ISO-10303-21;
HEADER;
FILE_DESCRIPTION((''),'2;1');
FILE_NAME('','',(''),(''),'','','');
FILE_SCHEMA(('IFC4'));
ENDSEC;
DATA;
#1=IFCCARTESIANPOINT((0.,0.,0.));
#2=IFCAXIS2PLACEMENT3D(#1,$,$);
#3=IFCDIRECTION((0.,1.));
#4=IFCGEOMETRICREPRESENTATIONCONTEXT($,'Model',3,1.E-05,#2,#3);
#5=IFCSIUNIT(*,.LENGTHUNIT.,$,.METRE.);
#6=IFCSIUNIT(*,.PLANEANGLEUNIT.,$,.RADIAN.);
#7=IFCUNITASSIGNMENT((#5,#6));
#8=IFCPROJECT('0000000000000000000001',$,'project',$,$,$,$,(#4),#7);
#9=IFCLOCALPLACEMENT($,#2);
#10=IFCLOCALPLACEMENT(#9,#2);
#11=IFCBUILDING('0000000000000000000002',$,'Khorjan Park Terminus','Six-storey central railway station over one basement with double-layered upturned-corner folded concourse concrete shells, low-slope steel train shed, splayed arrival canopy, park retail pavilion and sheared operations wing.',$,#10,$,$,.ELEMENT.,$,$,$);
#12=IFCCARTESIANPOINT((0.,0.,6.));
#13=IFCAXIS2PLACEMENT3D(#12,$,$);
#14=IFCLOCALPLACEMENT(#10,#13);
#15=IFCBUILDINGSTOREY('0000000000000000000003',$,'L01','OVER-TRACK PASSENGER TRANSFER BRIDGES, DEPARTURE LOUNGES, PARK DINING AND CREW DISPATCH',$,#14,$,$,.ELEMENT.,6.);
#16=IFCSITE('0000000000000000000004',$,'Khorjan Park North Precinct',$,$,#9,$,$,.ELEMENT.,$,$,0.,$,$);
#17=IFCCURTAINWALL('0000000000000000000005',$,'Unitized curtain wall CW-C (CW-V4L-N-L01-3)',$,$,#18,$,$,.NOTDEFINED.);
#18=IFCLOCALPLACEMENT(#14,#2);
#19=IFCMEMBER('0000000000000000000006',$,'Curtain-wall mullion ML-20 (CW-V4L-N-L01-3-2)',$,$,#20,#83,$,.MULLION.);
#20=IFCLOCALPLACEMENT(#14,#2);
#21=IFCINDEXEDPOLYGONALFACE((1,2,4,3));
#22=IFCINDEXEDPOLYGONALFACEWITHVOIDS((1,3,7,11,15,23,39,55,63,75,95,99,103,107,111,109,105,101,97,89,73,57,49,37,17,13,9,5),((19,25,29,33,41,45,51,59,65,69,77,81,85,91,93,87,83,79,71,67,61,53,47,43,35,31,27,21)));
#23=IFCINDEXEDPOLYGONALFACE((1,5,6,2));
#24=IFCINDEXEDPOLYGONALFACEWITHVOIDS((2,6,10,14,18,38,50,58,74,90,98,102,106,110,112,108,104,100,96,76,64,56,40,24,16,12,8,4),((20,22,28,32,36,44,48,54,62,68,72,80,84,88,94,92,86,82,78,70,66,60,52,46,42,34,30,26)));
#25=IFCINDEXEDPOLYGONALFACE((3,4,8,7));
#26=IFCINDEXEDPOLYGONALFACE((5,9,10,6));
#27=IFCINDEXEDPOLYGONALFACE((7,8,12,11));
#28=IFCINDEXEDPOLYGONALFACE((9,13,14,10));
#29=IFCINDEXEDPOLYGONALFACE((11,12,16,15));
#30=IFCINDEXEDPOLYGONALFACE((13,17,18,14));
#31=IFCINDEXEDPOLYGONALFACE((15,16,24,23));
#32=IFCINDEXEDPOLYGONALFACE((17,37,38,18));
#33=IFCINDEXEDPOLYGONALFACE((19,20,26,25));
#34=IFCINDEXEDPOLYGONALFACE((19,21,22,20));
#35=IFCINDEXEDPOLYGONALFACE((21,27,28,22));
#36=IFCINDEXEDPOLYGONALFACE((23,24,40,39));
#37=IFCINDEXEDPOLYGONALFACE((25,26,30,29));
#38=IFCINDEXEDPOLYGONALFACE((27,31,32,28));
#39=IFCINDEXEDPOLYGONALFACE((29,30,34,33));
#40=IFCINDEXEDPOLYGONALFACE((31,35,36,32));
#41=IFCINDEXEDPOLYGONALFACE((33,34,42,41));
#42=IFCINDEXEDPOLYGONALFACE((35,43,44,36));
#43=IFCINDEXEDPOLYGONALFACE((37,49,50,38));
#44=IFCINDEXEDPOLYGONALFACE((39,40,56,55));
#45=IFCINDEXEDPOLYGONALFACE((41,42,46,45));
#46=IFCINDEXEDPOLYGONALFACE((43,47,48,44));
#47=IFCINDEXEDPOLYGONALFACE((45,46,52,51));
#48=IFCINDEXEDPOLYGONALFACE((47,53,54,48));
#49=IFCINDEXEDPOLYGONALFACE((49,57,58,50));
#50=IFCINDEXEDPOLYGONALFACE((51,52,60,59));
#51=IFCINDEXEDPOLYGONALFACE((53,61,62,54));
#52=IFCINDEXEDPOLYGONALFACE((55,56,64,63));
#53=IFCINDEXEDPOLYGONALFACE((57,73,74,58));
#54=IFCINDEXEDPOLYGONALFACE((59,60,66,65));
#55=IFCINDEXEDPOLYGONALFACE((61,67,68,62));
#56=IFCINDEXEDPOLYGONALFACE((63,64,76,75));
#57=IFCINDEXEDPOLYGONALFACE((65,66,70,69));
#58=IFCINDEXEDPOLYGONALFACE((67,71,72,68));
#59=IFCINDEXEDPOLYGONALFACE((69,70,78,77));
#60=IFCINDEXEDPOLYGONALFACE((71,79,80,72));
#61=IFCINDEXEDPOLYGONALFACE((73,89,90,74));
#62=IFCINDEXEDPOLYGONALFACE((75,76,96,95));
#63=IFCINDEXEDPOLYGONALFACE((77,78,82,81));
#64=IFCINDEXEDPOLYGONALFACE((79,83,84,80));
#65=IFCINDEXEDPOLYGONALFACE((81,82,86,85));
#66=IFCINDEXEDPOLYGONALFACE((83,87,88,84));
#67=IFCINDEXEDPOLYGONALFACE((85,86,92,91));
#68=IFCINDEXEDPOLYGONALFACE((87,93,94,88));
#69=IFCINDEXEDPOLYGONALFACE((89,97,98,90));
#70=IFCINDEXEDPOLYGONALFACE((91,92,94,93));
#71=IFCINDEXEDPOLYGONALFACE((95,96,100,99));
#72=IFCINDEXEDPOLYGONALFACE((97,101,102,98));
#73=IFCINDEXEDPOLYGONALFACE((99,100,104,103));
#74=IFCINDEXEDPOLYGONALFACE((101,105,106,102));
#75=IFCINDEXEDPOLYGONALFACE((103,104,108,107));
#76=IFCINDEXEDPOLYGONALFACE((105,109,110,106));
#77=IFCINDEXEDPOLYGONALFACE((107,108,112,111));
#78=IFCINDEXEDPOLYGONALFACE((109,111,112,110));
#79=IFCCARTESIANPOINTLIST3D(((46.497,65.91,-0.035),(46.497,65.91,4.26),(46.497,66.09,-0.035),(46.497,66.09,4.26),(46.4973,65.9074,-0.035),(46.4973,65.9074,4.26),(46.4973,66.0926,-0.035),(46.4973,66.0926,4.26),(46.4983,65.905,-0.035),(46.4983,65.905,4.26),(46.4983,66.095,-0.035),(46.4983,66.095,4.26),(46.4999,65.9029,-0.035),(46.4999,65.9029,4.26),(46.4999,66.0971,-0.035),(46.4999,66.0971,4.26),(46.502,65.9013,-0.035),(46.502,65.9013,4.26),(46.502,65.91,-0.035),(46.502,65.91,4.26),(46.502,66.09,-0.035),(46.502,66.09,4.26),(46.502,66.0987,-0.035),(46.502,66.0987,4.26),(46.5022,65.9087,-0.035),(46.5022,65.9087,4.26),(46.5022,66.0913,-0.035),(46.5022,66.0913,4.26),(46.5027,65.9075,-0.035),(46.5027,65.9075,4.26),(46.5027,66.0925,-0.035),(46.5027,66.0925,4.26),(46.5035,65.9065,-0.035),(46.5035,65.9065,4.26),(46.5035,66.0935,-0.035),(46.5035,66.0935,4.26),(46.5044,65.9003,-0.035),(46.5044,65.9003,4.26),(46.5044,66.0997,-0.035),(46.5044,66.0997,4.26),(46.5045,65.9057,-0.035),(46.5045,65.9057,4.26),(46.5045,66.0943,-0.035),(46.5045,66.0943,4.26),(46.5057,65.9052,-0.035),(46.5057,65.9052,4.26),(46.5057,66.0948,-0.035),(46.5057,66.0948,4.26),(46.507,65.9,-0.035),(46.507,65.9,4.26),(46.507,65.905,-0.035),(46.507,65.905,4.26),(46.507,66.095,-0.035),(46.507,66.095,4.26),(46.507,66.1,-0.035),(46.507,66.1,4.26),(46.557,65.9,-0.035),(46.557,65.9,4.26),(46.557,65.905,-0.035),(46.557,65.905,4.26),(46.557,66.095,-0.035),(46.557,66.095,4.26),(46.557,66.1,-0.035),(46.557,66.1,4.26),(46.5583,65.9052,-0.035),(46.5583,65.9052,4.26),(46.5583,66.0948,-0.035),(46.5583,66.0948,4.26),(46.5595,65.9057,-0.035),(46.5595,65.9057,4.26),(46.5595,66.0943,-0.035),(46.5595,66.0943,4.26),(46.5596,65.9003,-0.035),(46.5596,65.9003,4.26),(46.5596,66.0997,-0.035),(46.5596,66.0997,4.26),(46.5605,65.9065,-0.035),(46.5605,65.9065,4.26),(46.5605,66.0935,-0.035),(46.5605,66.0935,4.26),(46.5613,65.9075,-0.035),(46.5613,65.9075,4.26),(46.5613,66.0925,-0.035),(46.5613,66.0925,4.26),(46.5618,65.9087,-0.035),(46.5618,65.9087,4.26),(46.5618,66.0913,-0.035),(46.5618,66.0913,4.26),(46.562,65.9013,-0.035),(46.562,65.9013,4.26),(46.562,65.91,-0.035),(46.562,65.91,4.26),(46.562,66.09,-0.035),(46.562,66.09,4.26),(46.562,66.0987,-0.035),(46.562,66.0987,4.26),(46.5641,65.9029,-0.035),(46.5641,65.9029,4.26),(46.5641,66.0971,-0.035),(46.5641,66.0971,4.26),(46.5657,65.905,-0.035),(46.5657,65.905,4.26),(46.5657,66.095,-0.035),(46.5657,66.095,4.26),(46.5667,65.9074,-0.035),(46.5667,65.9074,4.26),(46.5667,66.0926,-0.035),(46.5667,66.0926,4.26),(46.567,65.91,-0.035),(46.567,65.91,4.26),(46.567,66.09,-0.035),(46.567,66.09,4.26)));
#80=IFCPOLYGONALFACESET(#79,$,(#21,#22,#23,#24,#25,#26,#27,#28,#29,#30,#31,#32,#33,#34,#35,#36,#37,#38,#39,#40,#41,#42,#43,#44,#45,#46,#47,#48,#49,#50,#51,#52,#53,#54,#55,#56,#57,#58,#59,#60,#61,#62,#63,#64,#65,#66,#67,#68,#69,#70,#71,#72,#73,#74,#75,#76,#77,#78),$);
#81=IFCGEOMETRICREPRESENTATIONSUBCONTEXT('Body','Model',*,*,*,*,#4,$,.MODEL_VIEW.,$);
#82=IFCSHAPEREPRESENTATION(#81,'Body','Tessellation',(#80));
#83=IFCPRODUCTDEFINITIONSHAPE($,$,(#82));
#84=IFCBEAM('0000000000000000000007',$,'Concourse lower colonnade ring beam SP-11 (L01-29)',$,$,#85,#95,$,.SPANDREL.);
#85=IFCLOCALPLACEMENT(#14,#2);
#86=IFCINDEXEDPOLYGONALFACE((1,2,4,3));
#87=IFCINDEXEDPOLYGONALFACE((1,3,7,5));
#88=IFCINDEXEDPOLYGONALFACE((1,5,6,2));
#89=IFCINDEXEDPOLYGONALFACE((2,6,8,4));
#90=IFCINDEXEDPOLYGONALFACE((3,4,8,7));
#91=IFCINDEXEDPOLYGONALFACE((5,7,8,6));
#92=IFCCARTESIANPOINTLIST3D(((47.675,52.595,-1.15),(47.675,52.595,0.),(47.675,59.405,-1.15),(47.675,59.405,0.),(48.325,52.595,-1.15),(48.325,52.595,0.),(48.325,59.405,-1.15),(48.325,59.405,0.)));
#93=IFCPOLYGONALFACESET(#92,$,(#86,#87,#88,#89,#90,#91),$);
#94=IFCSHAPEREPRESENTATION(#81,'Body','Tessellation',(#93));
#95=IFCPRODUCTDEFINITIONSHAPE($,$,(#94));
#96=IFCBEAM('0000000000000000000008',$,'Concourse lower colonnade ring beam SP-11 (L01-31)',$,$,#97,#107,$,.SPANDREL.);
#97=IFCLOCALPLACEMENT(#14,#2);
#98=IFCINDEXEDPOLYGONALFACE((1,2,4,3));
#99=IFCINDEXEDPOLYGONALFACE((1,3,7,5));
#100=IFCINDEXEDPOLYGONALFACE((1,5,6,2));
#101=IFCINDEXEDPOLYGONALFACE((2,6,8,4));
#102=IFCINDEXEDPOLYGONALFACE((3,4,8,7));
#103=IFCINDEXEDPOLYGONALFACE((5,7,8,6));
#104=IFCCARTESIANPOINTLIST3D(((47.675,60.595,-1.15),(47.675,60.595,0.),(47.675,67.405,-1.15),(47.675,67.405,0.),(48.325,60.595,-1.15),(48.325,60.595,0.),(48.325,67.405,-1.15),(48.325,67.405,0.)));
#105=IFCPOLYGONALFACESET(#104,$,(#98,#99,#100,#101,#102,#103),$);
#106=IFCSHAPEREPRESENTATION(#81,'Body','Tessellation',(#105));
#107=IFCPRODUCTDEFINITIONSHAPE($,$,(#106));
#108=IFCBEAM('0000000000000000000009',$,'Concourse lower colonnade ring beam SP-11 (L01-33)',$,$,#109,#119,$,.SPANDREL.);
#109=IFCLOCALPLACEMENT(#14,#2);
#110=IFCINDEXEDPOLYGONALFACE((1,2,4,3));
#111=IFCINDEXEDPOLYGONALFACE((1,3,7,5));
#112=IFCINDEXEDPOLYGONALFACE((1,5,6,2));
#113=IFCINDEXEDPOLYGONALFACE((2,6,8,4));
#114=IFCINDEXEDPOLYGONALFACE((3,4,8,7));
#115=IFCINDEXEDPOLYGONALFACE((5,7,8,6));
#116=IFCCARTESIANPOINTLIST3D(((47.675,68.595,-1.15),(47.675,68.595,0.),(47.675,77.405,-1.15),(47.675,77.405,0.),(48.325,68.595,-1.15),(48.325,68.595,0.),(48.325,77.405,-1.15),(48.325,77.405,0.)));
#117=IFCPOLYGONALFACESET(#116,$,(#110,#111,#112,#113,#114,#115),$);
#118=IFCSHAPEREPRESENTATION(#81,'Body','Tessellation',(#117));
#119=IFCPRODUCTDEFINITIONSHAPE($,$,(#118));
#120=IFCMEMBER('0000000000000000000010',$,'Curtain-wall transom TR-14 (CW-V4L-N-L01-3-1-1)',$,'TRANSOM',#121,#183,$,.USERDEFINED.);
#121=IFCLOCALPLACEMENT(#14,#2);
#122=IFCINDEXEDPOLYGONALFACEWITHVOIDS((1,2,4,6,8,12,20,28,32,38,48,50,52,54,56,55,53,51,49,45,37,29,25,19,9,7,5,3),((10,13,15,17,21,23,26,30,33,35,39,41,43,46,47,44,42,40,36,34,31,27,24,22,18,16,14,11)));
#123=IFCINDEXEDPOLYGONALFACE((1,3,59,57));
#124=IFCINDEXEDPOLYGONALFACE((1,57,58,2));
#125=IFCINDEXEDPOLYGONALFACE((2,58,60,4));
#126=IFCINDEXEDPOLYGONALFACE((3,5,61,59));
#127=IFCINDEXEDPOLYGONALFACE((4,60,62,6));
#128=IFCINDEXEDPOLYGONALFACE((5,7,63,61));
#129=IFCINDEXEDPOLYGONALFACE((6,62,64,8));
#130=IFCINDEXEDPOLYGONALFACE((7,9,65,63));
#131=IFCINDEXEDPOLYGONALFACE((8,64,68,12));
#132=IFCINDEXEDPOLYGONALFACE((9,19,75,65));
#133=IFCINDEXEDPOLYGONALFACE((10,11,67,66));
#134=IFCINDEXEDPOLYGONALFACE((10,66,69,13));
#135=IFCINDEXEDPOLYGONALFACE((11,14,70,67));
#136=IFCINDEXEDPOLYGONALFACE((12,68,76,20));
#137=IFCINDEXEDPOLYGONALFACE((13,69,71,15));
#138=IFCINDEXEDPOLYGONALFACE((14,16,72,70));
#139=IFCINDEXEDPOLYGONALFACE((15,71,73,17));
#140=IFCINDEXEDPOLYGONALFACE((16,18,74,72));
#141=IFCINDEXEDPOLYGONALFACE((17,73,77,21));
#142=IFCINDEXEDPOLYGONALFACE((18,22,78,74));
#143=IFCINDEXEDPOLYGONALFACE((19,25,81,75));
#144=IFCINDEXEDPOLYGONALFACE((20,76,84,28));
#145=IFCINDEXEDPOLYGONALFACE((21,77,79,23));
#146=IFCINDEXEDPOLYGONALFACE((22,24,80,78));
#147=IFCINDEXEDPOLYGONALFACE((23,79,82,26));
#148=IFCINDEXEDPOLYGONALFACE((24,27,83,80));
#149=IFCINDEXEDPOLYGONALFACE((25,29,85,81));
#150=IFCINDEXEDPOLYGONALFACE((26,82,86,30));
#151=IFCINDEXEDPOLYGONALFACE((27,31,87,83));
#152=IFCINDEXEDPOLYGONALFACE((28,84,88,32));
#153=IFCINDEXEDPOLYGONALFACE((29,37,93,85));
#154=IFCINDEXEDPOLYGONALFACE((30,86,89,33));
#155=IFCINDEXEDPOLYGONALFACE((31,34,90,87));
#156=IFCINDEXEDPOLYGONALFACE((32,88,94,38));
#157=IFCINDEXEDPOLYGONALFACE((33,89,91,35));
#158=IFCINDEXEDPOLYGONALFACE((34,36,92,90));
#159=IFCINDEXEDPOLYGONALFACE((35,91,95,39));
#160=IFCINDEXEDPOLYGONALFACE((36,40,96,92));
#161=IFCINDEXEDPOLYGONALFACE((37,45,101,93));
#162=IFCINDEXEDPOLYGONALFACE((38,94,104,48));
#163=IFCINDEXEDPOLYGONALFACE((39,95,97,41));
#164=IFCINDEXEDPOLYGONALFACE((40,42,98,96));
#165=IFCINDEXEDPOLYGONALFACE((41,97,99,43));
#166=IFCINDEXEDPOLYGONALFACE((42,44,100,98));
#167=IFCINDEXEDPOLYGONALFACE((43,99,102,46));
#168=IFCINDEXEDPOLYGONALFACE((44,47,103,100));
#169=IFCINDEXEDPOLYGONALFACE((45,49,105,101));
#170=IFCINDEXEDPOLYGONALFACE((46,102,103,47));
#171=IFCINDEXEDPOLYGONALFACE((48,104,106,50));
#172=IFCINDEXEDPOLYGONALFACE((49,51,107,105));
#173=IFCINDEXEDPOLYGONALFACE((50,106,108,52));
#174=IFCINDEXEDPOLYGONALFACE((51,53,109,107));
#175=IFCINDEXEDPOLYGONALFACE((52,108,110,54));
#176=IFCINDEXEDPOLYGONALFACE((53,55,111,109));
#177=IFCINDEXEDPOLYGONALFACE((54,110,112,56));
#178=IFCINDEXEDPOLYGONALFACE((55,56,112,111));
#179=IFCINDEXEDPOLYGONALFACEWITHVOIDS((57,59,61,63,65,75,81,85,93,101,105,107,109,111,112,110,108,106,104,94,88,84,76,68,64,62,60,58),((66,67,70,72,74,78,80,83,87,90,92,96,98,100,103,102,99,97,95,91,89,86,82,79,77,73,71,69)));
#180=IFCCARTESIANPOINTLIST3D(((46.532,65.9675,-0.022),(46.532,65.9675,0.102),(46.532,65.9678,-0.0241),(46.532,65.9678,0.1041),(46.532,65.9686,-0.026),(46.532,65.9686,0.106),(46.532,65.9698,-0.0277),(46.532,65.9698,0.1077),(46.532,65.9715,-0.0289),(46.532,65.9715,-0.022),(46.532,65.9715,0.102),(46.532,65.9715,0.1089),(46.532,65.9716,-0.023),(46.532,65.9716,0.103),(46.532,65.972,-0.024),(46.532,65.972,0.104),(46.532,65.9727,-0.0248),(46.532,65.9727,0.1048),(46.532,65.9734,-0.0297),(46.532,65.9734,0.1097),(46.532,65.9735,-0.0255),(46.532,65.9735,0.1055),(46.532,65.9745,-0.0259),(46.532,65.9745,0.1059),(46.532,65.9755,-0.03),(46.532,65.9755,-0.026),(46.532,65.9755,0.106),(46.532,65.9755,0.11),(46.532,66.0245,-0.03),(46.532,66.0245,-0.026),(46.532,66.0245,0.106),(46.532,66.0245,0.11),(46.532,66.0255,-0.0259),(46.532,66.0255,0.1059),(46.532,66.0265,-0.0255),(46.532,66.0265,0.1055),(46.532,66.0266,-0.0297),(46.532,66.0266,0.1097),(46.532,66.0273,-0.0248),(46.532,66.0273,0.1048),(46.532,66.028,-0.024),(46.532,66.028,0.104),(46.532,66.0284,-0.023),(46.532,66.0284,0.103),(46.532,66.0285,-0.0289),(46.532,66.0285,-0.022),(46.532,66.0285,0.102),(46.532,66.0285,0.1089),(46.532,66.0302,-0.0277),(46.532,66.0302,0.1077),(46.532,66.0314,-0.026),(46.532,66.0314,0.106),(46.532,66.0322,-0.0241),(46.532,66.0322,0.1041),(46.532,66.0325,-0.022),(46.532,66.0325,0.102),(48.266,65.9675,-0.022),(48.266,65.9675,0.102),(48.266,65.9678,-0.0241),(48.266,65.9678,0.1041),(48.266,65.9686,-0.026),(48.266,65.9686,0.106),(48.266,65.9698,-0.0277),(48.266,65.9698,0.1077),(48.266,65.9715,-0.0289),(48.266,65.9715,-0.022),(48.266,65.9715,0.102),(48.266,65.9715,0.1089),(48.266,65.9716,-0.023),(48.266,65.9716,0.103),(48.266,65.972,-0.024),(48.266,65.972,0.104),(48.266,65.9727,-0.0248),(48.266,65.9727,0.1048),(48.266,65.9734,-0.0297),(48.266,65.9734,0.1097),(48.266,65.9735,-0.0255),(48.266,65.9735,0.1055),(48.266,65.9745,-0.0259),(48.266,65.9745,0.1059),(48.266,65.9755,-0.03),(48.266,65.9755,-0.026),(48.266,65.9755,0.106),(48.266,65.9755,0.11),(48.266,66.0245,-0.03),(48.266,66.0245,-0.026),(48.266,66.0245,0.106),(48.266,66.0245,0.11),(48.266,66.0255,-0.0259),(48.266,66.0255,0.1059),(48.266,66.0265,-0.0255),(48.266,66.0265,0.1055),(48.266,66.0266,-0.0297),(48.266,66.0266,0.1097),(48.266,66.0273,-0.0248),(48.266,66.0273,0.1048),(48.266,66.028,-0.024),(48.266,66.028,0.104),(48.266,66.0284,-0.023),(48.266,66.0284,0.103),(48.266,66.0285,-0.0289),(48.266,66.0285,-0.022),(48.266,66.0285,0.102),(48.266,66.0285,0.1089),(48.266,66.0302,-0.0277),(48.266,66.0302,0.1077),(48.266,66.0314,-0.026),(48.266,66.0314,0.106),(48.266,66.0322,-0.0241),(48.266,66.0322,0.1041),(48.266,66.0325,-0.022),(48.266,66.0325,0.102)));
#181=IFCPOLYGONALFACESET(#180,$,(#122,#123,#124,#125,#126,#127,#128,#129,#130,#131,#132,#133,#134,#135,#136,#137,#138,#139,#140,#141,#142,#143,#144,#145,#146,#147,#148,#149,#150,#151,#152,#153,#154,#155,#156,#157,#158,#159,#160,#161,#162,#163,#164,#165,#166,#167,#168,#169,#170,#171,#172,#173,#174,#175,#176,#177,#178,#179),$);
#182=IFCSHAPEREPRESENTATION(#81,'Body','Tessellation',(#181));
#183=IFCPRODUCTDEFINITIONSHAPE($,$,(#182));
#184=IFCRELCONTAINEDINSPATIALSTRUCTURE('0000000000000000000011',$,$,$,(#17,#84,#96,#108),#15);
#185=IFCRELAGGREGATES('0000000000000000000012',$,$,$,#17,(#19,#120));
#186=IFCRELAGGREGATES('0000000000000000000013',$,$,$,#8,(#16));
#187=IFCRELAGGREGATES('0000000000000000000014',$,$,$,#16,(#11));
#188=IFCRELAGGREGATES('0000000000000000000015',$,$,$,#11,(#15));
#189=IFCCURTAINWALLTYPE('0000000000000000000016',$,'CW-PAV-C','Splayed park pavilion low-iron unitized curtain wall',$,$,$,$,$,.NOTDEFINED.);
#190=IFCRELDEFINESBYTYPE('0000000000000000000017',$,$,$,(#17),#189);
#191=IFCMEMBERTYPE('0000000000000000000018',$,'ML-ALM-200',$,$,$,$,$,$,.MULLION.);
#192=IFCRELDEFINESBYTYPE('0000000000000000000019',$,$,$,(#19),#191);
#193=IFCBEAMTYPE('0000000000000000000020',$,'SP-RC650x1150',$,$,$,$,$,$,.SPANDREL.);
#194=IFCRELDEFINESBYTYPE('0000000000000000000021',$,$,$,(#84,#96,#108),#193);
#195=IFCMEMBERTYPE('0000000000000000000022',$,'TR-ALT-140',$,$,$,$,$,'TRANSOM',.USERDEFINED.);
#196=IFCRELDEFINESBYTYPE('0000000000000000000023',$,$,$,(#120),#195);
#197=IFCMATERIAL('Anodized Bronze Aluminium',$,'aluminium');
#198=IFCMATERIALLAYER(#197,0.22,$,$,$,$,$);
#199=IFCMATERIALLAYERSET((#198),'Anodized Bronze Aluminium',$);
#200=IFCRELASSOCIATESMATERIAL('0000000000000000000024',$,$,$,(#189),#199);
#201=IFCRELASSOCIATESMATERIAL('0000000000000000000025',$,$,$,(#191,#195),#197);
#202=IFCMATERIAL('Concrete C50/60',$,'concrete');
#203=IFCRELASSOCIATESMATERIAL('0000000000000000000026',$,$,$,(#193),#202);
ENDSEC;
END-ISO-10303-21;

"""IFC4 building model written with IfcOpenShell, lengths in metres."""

from ifc_helpers import new_model, si_unit, direction, frame, origin, origin_2d, place, context, subcontext, project, spatial, rectangle, hollow_rectangle, extrude, material, layer, layer_set, material_profile, profile_set, type_object, element, aggregate, save


model = new_model("IFC4")

# Units and contexts
model_context = context("Model", 3, precision=1e-05, world=origin(), true_north=direction((0.0, 1.0)))
body_context = subcontext(model_context, "Body", "Model", "MODEL_VIEW")
ifc_project = project(units=[si_unit("LENGTHUNIT", "METRE"), si_unit("PLANEANGLEUNIT", "RADIAN")], contexts=[model_context])

# Site, building, storey
site_placement = place(None, origin())
site = spatial("IfcSite", under=ifc_project, at=site_placement, Name="Khorjan Park North Precinct", CompositionType="ELEMENT", RefElevation=0.0)
building_placement = place(site_placement, origin())
building = spatial("IfcBuilding", under=site, at=building_placement, Name="Khorjan Park Terminus", Description="Six-storey central railway station over one basement with double-layered upturned-corner folded concourse concrete shells, low-slope steel train shed, splayed arrival canopy, park retail pavilion and sheared operations wing.", CompositionType="ELEMENT")
storey_placement = place(building_placement, frame((0.0, 0.0, 6.0)))
storey = spatial("IfcBuildingStorey", under=building, at=storey_placement, Name="L01", Description="OVER-TRACK PASSENGER TRANSFER BRIDGES, DEPARTURE LOUNGES, PARK DINING AND CREW DISPATCH", CompositionType="ELEMENT", Elevation=6.0)

# Shared definitions
ifc_material_1 = material(Name="Concrete C50/60", Category="concrete")

# Curtain wall, member
ifc_material_2 = material(Name="Anodized Bronze Aluminium", Category="aluminium")
ifc_layer_1 = layer(ifc_material_2, 0.22)
ifc_layer_set_1 = layer_set([ifc_layer_1], Name="Anodized Bronze Aluminium")
curtain_wall_type = type_object("IfcCurtainWallType", Name="CW-PAV-C", Description="Splayed park pavilion low-iron unitized curtain wall", PredefinedType="NOTDEFINED", material=ifc_layer_set_1)
curtain_wall_1_placement = place(storey_placement, origin())
curtain_wall_1 = element("IfcCurtainWall", 1, at=curtain_wall_1_placement, inside=storey, type_object=curtain_wall_type, Name="Unitized curtain wall CW-C (CW-V4L-N-L01-3)", PredefinedType="NOTDEFINED")
ifc_material_profile_1 = material_profile(ifc_material_2, hollow_rectangle(XDim=0.07, YDim=0.2, WallThickness=0.005, InnerFilletRadius=0.005, OuterFilletRadius=0.01, at=origin_2d()), Name="ALM 70x200x5")
ifc_profile_set_1 = profile_set([ifc_material_profile_1], Name="Anodized Bronze Aluminium")
member_type_1 = type_object("IfcMemberType", Name="ML-ALM-200", PredefinedType="MULLION", material=ifc_profile_set_1)
member_1_placement = place(storey_placement, frame((46.532, 66.0, -0.035), z_axis=(0.0, 0.0, 1.0), x_axis=(-1.0, 0.0, 0.0)))
member_1 = element("IfcMember", 2, at=member_1_placement, type_object=member_type_1, Name="Curtain-wall mullion ML-20 (CW-V4L-N-L01-3-2)", PredefinedType="MULLION", context=body_context, shape_type="SweptSolid", body=[
    extrude(hollow_rectangle(XDim=0.07, YDim=0.2, WallThickness=0.005, InnerFilletRadius=0.005, OuterFilletRadius=0.01, at=origin_2d()), origin(), (0.0, 0.0, 1.0), 4.295),
])

# Beams
ifc_material_profile_2 = material_profile(ifc_material_1, rectangle(XDim=0.65, YDim=1.15, at=origin_2d()), Name="RC 650x1150")
ifc_profile_set_2 = profile_set([ifc_material_profile_2], Name="Concrete C50/60")
beam_type_1 = type_object("IfcBeamType", Name="SP-RC650x1150", PredefinedType="SPANDREL", material=ifc_profile_set_2)
for number, where, z_axis, x_axis, name in (
    (3, (48.0, 52.595, -0.575), (0.0, 1.0, 0.0), (-1.0, 0.0, 0.0), "Concourse lower colonnade ring beam SP-11 (L01-29)"),
    (4, (48.0, 60.595, -0.575), (0.0, 1.0, 0.0), (-1.0, 0.0, 0.0), "Concourse lower colonnade ring beam SP-11 (L01-31)"),
):
    element("IfcBeam", number, at=place(storey_placement, frame(where, z_axis=z_axis, x_axis=x_axis)), inside=storey, type_object=beam_type_1, Name=name, PredefinedType="SPANDREL", context=body_context, shape_type="SweptSolid", body=[
        extrude(rectangle(XDim=0.65, YDim=1.15, at=origin_2d()), origin(), (0.0, 0.0, 1.0), 6.81),
    ])
beam_1_placement = place(storey_placement, frame((48.0, 68.595, -0.575), z_axis=(0.0, 1.0, 0.0), x_axis=(-1.0, 0.0, 0.0)))
element("IfcBeam", 5, at=beam_1_placement, inside=storey, type_object=beam_type_1, Name="Concourse lower colonnade ring beam SP-11 (L01-33)", PredefinedType="SPANDREL", context=body_context, shape_type="SweptSolid", body=[
    extrude(rectangle(XDim=0.65, YDim=1.15, at=origin_2d()), origin(), (0.0, 0.0, 1.0), 8.81),
])

# Member
ifc_material_profile_3 = material_profile(ifc_material_2, hollow_rectangle(XDim=0.065, YDim=0.14, WallThickness=0.004, InnerFilletRadius=0.004, OuterFilletRadius=0.008, at=origin_2d()), Name="ALT 65x140x4")
ifc_profile_set_3 = profile_set([ifc_material_profile_3], Name="Anodized Bronze Aluminium")
member_type_2 = type_object("IfcMemberType", Name="TR-ALT-140", ElementType="TRANSOM", PredefinedType="USERDEFINED", material=ifc_profile_set_3)
member_2_placement = place(storey_placement, frame((48.266, 66.0, 0.04), z_axis=(-1.0, 0.0, 0.0), x_axis=(0.0, -1.0, 0.0)))
member_2 = element("IfcMember", 6, at=member_2_placement, type_object=member_type_2, Name="Curtain-wall transom TR-14 (CW-V4L-N-L01-3-1-1)", ObjectType="TRANSOM", PredefinedType="USERDEFINED", context=body_context, shape_type="SweptSolid", body=[
    extrude(hollow_rectangle(XDim=0.065, YDim=0.14, WallThickness=0.004, InnerFilletRadius=0.004, OuterFilletRadius=0.008, at=origin_2d()), origin(), (0.0, 0.0, 1.0), 1.734),
])

aggregate(curtain_wall_1, [member_1, member_2])

save(model, "model.ifc")
